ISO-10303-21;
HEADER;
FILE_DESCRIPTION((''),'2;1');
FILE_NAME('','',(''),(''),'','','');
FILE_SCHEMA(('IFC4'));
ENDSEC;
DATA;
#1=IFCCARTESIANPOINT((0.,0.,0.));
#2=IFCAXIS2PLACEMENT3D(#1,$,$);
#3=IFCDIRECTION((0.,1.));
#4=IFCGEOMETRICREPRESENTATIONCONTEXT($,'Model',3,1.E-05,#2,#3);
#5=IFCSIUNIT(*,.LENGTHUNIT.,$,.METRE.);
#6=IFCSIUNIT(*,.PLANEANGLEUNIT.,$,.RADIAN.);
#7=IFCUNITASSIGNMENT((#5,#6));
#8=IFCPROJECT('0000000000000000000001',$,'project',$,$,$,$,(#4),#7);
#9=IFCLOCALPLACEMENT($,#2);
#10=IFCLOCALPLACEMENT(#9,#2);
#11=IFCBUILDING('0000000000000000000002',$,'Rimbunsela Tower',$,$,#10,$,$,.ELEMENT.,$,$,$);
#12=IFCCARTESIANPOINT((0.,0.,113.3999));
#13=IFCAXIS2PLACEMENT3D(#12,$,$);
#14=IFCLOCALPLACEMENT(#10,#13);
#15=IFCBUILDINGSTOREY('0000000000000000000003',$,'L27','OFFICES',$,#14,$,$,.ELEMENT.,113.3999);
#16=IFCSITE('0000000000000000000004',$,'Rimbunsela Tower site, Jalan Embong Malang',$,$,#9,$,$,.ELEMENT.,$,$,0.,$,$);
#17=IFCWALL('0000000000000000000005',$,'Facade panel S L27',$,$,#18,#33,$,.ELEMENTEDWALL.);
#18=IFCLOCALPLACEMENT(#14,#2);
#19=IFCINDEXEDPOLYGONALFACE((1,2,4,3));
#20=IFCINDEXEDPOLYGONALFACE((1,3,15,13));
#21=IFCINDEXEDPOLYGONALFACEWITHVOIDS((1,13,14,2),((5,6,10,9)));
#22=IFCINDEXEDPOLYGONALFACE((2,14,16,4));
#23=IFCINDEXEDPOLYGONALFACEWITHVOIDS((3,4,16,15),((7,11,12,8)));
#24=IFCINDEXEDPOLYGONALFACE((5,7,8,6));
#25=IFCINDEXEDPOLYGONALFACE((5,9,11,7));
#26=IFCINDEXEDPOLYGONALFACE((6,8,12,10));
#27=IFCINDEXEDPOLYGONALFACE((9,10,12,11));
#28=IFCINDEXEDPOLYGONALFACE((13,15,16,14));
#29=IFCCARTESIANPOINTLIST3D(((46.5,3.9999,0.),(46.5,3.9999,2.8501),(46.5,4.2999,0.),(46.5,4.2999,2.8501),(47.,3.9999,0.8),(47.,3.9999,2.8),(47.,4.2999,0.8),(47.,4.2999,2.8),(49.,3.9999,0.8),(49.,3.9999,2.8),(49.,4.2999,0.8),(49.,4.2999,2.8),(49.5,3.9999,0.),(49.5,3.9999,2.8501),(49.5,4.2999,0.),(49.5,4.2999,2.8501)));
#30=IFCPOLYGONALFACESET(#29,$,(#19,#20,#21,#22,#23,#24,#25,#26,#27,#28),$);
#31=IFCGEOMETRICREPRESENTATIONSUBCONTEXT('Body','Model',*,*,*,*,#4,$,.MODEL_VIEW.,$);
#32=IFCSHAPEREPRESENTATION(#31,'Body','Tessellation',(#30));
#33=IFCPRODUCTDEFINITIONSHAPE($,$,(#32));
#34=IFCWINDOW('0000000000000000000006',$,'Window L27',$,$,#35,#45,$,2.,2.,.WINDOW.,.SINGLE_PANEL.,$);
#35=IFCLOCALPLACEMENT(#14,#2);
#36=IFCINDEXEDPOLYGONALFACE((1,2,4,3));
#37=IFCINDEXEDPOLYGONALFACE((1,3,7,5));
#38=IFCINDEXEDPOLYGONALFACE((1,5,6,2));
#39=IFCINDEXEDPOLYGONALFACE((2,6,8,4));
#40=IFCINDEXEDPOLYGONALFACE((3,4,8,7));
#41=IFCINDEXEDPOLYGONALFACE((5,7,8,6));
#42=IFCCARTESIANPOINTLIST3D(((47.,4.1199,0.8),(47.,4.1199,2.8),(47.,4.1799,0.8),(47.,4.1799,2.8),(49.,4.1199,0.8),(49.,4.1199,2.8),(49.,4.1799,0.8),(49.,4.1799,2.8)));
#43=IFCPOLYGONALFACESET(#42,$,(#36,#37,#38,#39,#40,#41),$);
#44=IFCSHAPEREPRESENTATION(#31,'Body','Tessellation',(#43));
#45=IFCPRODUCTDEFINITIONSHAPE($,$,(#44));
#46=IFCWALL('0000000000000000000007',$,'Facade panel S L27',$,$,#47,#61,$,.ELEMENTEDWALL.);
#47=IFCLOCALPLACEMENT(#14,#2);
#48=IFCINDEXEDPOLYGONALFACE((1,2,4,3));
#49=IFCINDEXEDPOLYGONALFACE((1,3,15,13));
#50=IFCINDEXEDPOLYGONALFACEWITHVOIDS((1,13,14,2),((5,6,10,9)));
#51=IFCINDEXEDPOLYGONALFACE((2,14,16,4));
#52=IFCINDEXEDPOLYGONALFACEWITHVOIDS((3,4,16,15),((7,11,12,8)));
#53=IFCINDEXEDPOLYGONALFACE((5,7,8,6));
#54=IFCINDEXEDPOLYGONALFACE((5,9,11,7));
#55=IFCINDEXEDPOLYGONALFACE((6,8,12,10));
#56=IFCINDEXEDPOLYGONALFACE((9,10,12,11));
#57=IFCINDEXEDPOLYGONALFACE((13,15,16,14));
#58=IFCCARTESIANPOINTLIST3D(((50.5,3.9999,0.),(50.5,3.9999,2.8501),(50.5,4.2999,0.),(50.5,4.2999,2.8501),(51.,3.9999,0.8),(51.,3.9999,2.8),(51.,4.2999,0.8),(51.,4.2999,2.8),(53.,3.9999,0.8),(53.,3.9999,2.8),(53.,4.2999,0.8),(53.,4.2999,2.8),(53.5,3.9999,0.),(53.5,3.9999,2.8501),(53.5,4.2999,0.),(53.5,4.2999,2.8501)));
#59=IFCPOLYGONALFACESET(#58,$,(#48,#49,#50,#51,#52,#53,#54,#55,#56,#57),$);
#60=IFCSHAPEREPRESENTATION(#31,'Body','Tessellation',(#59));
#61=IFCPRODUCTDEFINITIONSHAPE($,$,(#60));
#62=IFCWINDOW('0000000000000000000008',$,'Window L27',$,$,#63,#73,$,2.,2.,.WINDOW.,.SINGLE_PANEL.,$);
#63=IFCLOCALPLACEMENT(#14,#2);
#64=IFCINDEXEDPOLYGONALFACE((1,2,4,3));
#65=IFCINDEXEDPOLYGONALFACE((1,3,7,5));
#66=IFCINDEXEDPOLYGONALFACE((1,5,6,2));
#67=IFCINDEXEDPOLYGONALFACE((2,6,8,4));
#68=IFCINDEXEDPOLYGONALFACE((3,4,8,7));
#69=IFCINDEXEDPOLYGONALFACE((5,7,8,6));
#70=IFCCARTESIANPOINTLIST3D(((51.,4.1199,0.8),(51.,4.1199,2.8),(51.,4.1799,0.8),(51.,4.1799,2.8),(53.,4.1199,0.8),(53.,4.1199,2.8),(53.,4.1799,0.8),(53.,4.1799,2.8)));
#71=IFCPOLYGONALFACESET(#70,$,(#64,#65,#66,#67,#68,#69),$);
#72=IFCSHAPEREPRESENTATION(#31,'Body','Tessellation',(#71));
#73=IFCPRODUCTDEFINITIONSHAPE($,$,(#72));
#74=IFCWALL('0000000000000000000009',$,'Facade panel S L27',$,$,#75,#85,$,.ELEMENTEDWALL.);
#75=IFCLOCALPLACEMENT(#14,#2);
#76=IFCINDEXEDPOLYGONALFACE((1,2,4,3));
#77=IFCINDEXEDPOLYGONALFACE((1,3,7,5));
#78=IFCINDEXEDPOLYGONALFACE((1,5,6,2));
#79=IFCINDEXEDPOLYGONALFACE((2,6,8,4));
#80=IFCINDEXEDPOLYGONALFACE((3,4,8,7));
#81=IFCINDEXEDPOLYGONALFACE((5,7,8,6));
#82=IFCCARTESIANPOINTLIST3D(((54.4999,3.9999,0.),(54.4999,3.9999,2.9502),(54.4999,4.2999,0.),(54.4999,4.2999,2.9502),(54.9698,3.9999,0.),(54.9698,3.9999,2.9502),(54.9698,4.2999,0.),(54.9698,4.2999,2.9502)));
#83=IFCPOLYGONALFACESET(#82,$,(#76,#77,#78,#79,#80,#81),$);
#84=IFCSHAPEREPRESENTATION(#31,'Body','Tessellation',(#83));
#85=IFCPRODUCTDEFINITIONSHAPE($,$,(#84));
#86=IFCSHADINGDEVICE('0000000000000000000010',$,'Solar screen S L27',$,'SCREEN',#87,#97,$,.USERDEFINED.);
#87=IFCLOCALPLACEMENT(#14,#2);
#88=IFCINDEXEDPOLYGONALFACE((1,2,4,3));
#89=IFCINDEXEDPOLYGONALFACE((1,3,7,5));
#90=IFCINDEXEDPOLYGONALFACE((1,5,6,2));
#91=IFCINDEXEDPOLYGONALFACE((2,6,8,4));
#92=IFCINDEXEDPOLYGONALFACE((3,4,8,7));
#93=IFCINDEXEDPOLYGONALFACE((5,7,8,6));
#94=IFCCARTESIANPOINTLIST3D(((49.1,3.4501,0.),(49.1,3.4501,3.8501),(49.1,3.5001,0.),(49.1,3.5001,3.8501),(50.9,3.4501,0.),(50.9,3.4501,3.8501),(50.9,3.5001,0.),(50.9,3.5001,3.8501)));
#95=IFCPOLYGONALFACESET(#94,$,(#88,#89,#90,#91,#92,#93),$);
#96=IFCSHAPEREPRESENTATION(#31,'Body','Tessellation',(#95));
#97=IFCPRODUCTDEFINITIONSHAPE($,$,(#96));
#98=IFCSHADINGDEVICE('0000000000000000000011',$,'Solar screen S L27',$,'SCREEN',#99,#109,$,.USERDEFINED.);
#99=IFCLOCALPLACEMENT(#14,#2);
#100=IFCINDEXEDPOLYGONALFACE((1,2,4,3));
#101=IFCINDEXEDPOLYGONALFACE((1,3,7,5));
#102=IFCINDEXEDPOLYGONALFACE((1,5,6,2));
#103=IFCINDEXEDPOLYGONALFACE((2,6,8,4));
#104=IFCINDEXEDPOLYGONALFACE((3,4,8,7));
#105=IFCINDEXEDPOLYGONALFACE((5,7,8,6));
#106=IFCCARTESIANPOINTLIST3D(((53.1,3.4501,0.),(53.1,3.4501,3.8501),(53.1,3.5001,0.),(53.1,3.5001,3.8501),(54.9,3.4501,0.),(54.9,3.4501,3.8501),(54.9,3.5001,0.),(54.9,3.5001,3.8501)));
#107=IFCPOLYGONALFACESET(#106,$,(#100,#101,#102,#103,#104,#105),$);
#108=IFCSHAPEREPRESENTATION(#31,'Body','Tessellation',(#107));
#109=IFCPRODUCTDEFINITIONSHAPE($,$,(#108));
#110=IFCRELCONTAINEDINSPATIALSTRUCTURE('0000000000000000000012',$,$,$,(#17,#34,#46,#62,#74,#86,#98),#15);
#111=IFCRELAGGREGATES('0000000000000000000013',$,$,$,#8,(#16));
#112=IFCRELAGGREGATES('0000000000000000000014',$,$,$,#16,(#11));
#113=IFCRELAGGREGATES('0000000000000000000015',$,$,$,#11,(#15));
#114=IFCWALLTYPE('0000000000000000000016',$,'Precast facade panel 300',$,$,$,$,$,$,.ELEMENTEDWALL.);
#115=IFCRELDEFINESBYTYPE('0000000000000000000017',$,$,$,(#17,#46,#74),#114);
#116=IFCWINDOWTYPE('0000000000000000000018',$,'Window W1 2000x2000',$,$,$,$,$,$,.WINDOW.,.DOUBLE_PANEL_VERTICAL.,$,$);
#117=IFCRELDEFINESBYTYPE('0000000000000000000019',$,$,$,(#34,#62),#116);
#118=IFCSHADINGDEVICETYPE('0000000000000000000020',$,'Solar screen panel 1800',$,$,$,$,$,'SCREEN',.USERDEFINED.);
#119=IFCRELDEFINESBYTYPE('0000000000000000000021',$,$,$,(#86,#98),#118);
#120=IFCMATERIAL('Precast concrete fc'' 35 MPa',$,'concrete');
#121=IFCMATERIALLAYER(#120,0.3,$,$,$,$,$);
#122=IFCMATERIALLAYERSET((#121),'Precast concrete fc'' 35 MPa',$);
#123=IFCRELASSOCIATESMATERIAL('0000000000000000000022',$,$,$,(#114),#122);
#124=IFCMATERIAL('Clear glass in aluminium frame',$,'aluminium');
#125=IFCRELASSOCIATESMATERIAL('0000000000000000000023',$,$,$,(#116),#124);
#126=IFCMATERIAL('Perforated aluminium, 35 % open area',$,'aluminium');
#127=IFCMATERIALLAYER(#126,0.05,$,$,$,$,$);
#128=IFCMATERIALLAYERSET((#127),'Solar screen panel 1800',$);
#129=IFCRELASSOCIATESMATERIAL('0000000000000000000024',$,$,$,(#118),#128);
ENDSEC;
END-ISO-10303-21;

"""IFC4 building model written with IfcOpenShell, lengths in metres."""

from ifc_helpers import new_model, si_unit, direction, frame, frame_2d, origin, origin_2d, place, context, subcontext, project, spatial, rectangle, extrude, material, layer, layer_set, type_object, element, fill, save


model = new_model("IFC4")

# Units and contexts
model_context = context("Model", 3, precision=1e-05, world=origin(), true_north=direction((0.0, 1.0)))
body_context = subcontext(model_context, "Body", "Model", "MODEL_VIEW")
ifc_project = project(units=[si_unit("LENGTHUNIT", "METRE"), si_unit("PLANEANGLEUNIT", "RADIAN")], contexts=[model_context])

# Site, building, storey
site_placement = place(None, origin())
site = spatial("IfcSite", under=ifc_project, at=site_placement, Name="Rimbunsela Tower site, Jalan Embong Malang", CompositionType="ELEMENT", RefElevation=0.0)
building_placement = place(site_placement, origin())
building = spatial("IfcBuilding", under=site, at=building_placement, Name="Rimbunsela Tower", CompositionType="ELEMENT")
storey_placement = place(building_placement, frame((0.0, 0.0, 113.3999)))
storey = spatial("IfcBuildingStorey", under=building, at=storey_placement, Name="L27", Description="OFFICES", CompositionType="ELEMENT", Elevation=113.3999)

# Walls, openings, windows
ifc_material_1 = material(Name="Precast concrete fc' 35 MPa", Category="concrete")
ifc_layer_1 = layer(ifc_material_1, 0.3)
ifc_layer_set_1 = layer_set([ifc_layer_1], Name="Precast concrete fc' 35 MPa")
wall_type = type_object("IfcWallType", Name="Precast facade panel 300", PredefinedType="ELEMENTEDWALL", material=ifc_layer_set_1)
wall_1_placement = place(storey_placement, frame((46.5, 4.1499, 0.0), z_axis=(0.0, 0.0, 1.0), x_axis=(1.0, 0.0, 0.0)))
wall_1 = element("IfcWall", 1, at=wall_1_placement, inside=storey, type_object=wall_type, Name="Facade panel S L27", PredefinedType="ELEMENTEDWALL", context=body_context, shape_type="SweptSolid", body=[
    extrude(rectangle(XDim=3.0, YDim=0.3, at=frame_2d((1.5, 0.0))), origin(), (0.0, 0.0, 1.0), 2.8501),
])
opening_1_placement = place(wall_1_placement, frame((0.5, 0.0, 0.8)))
opening_1 = element("IfcOpeningElement", 2, at=opening_1_placement, cuts=wall_1, PredefinedType="OPENING", context=body_context, shape_type="SweptSolid", body=[
    extrude(rectangle(XDim=2.0, YDim=2.0, at=frame_2d((1.0, 1.0))), frame((0.0, 0.1599, 0.0), z_axis=(0.0, -1.0, 0.0), x_axis=(1.0, 0.0, 0.0)), (0.0, 0.0, 1.0), 0.3201),
])
ifc_material_2 = material(Name="Clear glass in aluminium frame", Category="aluminium")
window_type = type_object("IfcWindowType", Name="Window W1 2000x2000", PartitioningType="DOUBLE_PANEL_VERTICAL", PredefinedType="WINDOW", material=ifc_material_2)
window_1_placement = place(opening_1_placement, origin())
window_1 = element("IfcWindow", 3, at=window_1_placement, inside=storey, type_object=window_type, Name="Window L27", OverallHeight=2.0, OverallWidth=2.0, PartitioningType="SINGLE_PANEL", PredefinedType="WINDOW", context=body_context, shape_type="SweptSolid", body=[
    extrude(rectangle(XDim=2.0, YDim=2.0, at=frame_2d((1.0, 1.0))), frame((0.0, 0.03, 0.0), z_axis=(0.0, -1.0, 0.0), x_axis=(1.0, 0.0, 0.0)), (0.0, 0.0, 1.0), 0.0601),
])
fill(opening_1, window_1)
wall_2_placement = place(storey_placement, frame((50.5, 4.1499, 0.0), z_axis=(0.0, 0.0, 1.0), x_axis=(1.0, 0.0, 0.0)))
wall_2 = element("IfcWall", 4, at=wall_2_placement, inside=storey, type_object=wall_type, Name="Facade panel S L27", PredefinedType="ELEMENTEDWALL", context=body_context, shape_type="SweptSolid", body=[
    extrude(rectangle(XDim=3.0, YDim=0.3, at=frame_2d((1.5, 0.0))), origin(), (0.0, 0.0, 1.0), 2.8501),
])
opening_2_placement = place(wall_2_placement, frame((0.5, 0.0, 0.8)))
opening_2 = element("IfcOpeningElement", 5, at=opening_2_placement, cuts=wall_2, PredefinedType="OPENING", context=body_context, shape_type="SweptSolid", body=[
    extrude(rectangle(XDim=2.0, YDim=2.0, at=frame_2d((1.0, 1.0))), frame((0.0, 0.1599, 0.0), z_axis=(0.0, -1.0, 0.0), x_axis=(1.0, 0.0, 0.0)), (0.0, 0.0, 1.0), 0.3201),
])
window_2_placement = place(opening_2_placement, origin())
window_2 = element("IfcWindow", 6, at=window_2_placement, inside=storey, type_object=window_type, Name="Window L27", OverallHeight=2.0, OverallWidth=2.0, PartitioningType="SINGLE_PANEL", PredefinedType="WINDOW", context=body_context, shape_type="SweptSolid", body=[
    extrude(rectangle(XDim=2.0, YDim=2.0, at=frame_2d((1.0, 1.0))), frame((0.0, 0.03, 0.0), z_axis=(0.0, -1.0, 0.0), x_axis=(1.0, 0.0, 0.0)), (0.0, 0.0, 1.0), 0.0601),
])
fill(opening_2, window_2)

# Wall
wall_3_placement = place(storey_placement, frame((54.5, 4.1499, 0.0), z_axis=(0.0, 0.0, 1.0), x_axis=(1.0, 0.0, 0.0)))
element("IfcWall", 7, at=wall_3_placement, inside=storey, type_object=wall_type, Name="Facade panel S L27", PredefinedType="ELEMENTEDWALL", context=body_context, shape_type="SweptSolid", body=[
    extrude(rectangle(XDim=0.47, YDim=0.3, at=frame_2d((0.2349, 0.0))), origin(), (0.0, 0.0, 1.0), 2.9502),
])

# Shading devices
ifc_material_3 = material(Name="Perforated aluminium, 35 % open area", Category="aluminium")
ifc_layer_2 = layer(ifc_material_3, 0.05)
ifc_layer_set_2 = layer_set([ifc_layer_2], Name="Solar screen panel 1800")
shading_device_type = type_object("IfcShadingDeviceType", Name="Solar screen panel 1800", ElementType="SCREEN", PredefinedType="USERDEFINED", material=ifc_layer_set_2)
for number, where, z_axis, x_axis, name in (
    (8, (50.0, 3.4751, 0.0), (0.0, 0.0, 1.0), (1.0, 0.0, 0.0), "Solar screen S L27"),
    (9, (54.0, 3.4751, 0.0), (0.0, 0.0, 1.0), (1.0, 0.0, 0.0), "Solar screen S L27"),
):
    element("IfcShadingDevice", number, at=place(storey_placement, frame(where, z_axis=z_axis, x_axis=x_axis)), inside=storey, type_object=shading_device_type, Name=name, ObjectType="SCREEN", PredefinedType="USERDEFINED", context=body_context, shape_type="SweptSolid", body=[
        extrude(rectangle(XDim=1.8, YDim=0.05, at=origin_2d()), origin(), (0.0, 0.0, 1.0), 3.8501),
    ])

save(model, "model.ifc")
